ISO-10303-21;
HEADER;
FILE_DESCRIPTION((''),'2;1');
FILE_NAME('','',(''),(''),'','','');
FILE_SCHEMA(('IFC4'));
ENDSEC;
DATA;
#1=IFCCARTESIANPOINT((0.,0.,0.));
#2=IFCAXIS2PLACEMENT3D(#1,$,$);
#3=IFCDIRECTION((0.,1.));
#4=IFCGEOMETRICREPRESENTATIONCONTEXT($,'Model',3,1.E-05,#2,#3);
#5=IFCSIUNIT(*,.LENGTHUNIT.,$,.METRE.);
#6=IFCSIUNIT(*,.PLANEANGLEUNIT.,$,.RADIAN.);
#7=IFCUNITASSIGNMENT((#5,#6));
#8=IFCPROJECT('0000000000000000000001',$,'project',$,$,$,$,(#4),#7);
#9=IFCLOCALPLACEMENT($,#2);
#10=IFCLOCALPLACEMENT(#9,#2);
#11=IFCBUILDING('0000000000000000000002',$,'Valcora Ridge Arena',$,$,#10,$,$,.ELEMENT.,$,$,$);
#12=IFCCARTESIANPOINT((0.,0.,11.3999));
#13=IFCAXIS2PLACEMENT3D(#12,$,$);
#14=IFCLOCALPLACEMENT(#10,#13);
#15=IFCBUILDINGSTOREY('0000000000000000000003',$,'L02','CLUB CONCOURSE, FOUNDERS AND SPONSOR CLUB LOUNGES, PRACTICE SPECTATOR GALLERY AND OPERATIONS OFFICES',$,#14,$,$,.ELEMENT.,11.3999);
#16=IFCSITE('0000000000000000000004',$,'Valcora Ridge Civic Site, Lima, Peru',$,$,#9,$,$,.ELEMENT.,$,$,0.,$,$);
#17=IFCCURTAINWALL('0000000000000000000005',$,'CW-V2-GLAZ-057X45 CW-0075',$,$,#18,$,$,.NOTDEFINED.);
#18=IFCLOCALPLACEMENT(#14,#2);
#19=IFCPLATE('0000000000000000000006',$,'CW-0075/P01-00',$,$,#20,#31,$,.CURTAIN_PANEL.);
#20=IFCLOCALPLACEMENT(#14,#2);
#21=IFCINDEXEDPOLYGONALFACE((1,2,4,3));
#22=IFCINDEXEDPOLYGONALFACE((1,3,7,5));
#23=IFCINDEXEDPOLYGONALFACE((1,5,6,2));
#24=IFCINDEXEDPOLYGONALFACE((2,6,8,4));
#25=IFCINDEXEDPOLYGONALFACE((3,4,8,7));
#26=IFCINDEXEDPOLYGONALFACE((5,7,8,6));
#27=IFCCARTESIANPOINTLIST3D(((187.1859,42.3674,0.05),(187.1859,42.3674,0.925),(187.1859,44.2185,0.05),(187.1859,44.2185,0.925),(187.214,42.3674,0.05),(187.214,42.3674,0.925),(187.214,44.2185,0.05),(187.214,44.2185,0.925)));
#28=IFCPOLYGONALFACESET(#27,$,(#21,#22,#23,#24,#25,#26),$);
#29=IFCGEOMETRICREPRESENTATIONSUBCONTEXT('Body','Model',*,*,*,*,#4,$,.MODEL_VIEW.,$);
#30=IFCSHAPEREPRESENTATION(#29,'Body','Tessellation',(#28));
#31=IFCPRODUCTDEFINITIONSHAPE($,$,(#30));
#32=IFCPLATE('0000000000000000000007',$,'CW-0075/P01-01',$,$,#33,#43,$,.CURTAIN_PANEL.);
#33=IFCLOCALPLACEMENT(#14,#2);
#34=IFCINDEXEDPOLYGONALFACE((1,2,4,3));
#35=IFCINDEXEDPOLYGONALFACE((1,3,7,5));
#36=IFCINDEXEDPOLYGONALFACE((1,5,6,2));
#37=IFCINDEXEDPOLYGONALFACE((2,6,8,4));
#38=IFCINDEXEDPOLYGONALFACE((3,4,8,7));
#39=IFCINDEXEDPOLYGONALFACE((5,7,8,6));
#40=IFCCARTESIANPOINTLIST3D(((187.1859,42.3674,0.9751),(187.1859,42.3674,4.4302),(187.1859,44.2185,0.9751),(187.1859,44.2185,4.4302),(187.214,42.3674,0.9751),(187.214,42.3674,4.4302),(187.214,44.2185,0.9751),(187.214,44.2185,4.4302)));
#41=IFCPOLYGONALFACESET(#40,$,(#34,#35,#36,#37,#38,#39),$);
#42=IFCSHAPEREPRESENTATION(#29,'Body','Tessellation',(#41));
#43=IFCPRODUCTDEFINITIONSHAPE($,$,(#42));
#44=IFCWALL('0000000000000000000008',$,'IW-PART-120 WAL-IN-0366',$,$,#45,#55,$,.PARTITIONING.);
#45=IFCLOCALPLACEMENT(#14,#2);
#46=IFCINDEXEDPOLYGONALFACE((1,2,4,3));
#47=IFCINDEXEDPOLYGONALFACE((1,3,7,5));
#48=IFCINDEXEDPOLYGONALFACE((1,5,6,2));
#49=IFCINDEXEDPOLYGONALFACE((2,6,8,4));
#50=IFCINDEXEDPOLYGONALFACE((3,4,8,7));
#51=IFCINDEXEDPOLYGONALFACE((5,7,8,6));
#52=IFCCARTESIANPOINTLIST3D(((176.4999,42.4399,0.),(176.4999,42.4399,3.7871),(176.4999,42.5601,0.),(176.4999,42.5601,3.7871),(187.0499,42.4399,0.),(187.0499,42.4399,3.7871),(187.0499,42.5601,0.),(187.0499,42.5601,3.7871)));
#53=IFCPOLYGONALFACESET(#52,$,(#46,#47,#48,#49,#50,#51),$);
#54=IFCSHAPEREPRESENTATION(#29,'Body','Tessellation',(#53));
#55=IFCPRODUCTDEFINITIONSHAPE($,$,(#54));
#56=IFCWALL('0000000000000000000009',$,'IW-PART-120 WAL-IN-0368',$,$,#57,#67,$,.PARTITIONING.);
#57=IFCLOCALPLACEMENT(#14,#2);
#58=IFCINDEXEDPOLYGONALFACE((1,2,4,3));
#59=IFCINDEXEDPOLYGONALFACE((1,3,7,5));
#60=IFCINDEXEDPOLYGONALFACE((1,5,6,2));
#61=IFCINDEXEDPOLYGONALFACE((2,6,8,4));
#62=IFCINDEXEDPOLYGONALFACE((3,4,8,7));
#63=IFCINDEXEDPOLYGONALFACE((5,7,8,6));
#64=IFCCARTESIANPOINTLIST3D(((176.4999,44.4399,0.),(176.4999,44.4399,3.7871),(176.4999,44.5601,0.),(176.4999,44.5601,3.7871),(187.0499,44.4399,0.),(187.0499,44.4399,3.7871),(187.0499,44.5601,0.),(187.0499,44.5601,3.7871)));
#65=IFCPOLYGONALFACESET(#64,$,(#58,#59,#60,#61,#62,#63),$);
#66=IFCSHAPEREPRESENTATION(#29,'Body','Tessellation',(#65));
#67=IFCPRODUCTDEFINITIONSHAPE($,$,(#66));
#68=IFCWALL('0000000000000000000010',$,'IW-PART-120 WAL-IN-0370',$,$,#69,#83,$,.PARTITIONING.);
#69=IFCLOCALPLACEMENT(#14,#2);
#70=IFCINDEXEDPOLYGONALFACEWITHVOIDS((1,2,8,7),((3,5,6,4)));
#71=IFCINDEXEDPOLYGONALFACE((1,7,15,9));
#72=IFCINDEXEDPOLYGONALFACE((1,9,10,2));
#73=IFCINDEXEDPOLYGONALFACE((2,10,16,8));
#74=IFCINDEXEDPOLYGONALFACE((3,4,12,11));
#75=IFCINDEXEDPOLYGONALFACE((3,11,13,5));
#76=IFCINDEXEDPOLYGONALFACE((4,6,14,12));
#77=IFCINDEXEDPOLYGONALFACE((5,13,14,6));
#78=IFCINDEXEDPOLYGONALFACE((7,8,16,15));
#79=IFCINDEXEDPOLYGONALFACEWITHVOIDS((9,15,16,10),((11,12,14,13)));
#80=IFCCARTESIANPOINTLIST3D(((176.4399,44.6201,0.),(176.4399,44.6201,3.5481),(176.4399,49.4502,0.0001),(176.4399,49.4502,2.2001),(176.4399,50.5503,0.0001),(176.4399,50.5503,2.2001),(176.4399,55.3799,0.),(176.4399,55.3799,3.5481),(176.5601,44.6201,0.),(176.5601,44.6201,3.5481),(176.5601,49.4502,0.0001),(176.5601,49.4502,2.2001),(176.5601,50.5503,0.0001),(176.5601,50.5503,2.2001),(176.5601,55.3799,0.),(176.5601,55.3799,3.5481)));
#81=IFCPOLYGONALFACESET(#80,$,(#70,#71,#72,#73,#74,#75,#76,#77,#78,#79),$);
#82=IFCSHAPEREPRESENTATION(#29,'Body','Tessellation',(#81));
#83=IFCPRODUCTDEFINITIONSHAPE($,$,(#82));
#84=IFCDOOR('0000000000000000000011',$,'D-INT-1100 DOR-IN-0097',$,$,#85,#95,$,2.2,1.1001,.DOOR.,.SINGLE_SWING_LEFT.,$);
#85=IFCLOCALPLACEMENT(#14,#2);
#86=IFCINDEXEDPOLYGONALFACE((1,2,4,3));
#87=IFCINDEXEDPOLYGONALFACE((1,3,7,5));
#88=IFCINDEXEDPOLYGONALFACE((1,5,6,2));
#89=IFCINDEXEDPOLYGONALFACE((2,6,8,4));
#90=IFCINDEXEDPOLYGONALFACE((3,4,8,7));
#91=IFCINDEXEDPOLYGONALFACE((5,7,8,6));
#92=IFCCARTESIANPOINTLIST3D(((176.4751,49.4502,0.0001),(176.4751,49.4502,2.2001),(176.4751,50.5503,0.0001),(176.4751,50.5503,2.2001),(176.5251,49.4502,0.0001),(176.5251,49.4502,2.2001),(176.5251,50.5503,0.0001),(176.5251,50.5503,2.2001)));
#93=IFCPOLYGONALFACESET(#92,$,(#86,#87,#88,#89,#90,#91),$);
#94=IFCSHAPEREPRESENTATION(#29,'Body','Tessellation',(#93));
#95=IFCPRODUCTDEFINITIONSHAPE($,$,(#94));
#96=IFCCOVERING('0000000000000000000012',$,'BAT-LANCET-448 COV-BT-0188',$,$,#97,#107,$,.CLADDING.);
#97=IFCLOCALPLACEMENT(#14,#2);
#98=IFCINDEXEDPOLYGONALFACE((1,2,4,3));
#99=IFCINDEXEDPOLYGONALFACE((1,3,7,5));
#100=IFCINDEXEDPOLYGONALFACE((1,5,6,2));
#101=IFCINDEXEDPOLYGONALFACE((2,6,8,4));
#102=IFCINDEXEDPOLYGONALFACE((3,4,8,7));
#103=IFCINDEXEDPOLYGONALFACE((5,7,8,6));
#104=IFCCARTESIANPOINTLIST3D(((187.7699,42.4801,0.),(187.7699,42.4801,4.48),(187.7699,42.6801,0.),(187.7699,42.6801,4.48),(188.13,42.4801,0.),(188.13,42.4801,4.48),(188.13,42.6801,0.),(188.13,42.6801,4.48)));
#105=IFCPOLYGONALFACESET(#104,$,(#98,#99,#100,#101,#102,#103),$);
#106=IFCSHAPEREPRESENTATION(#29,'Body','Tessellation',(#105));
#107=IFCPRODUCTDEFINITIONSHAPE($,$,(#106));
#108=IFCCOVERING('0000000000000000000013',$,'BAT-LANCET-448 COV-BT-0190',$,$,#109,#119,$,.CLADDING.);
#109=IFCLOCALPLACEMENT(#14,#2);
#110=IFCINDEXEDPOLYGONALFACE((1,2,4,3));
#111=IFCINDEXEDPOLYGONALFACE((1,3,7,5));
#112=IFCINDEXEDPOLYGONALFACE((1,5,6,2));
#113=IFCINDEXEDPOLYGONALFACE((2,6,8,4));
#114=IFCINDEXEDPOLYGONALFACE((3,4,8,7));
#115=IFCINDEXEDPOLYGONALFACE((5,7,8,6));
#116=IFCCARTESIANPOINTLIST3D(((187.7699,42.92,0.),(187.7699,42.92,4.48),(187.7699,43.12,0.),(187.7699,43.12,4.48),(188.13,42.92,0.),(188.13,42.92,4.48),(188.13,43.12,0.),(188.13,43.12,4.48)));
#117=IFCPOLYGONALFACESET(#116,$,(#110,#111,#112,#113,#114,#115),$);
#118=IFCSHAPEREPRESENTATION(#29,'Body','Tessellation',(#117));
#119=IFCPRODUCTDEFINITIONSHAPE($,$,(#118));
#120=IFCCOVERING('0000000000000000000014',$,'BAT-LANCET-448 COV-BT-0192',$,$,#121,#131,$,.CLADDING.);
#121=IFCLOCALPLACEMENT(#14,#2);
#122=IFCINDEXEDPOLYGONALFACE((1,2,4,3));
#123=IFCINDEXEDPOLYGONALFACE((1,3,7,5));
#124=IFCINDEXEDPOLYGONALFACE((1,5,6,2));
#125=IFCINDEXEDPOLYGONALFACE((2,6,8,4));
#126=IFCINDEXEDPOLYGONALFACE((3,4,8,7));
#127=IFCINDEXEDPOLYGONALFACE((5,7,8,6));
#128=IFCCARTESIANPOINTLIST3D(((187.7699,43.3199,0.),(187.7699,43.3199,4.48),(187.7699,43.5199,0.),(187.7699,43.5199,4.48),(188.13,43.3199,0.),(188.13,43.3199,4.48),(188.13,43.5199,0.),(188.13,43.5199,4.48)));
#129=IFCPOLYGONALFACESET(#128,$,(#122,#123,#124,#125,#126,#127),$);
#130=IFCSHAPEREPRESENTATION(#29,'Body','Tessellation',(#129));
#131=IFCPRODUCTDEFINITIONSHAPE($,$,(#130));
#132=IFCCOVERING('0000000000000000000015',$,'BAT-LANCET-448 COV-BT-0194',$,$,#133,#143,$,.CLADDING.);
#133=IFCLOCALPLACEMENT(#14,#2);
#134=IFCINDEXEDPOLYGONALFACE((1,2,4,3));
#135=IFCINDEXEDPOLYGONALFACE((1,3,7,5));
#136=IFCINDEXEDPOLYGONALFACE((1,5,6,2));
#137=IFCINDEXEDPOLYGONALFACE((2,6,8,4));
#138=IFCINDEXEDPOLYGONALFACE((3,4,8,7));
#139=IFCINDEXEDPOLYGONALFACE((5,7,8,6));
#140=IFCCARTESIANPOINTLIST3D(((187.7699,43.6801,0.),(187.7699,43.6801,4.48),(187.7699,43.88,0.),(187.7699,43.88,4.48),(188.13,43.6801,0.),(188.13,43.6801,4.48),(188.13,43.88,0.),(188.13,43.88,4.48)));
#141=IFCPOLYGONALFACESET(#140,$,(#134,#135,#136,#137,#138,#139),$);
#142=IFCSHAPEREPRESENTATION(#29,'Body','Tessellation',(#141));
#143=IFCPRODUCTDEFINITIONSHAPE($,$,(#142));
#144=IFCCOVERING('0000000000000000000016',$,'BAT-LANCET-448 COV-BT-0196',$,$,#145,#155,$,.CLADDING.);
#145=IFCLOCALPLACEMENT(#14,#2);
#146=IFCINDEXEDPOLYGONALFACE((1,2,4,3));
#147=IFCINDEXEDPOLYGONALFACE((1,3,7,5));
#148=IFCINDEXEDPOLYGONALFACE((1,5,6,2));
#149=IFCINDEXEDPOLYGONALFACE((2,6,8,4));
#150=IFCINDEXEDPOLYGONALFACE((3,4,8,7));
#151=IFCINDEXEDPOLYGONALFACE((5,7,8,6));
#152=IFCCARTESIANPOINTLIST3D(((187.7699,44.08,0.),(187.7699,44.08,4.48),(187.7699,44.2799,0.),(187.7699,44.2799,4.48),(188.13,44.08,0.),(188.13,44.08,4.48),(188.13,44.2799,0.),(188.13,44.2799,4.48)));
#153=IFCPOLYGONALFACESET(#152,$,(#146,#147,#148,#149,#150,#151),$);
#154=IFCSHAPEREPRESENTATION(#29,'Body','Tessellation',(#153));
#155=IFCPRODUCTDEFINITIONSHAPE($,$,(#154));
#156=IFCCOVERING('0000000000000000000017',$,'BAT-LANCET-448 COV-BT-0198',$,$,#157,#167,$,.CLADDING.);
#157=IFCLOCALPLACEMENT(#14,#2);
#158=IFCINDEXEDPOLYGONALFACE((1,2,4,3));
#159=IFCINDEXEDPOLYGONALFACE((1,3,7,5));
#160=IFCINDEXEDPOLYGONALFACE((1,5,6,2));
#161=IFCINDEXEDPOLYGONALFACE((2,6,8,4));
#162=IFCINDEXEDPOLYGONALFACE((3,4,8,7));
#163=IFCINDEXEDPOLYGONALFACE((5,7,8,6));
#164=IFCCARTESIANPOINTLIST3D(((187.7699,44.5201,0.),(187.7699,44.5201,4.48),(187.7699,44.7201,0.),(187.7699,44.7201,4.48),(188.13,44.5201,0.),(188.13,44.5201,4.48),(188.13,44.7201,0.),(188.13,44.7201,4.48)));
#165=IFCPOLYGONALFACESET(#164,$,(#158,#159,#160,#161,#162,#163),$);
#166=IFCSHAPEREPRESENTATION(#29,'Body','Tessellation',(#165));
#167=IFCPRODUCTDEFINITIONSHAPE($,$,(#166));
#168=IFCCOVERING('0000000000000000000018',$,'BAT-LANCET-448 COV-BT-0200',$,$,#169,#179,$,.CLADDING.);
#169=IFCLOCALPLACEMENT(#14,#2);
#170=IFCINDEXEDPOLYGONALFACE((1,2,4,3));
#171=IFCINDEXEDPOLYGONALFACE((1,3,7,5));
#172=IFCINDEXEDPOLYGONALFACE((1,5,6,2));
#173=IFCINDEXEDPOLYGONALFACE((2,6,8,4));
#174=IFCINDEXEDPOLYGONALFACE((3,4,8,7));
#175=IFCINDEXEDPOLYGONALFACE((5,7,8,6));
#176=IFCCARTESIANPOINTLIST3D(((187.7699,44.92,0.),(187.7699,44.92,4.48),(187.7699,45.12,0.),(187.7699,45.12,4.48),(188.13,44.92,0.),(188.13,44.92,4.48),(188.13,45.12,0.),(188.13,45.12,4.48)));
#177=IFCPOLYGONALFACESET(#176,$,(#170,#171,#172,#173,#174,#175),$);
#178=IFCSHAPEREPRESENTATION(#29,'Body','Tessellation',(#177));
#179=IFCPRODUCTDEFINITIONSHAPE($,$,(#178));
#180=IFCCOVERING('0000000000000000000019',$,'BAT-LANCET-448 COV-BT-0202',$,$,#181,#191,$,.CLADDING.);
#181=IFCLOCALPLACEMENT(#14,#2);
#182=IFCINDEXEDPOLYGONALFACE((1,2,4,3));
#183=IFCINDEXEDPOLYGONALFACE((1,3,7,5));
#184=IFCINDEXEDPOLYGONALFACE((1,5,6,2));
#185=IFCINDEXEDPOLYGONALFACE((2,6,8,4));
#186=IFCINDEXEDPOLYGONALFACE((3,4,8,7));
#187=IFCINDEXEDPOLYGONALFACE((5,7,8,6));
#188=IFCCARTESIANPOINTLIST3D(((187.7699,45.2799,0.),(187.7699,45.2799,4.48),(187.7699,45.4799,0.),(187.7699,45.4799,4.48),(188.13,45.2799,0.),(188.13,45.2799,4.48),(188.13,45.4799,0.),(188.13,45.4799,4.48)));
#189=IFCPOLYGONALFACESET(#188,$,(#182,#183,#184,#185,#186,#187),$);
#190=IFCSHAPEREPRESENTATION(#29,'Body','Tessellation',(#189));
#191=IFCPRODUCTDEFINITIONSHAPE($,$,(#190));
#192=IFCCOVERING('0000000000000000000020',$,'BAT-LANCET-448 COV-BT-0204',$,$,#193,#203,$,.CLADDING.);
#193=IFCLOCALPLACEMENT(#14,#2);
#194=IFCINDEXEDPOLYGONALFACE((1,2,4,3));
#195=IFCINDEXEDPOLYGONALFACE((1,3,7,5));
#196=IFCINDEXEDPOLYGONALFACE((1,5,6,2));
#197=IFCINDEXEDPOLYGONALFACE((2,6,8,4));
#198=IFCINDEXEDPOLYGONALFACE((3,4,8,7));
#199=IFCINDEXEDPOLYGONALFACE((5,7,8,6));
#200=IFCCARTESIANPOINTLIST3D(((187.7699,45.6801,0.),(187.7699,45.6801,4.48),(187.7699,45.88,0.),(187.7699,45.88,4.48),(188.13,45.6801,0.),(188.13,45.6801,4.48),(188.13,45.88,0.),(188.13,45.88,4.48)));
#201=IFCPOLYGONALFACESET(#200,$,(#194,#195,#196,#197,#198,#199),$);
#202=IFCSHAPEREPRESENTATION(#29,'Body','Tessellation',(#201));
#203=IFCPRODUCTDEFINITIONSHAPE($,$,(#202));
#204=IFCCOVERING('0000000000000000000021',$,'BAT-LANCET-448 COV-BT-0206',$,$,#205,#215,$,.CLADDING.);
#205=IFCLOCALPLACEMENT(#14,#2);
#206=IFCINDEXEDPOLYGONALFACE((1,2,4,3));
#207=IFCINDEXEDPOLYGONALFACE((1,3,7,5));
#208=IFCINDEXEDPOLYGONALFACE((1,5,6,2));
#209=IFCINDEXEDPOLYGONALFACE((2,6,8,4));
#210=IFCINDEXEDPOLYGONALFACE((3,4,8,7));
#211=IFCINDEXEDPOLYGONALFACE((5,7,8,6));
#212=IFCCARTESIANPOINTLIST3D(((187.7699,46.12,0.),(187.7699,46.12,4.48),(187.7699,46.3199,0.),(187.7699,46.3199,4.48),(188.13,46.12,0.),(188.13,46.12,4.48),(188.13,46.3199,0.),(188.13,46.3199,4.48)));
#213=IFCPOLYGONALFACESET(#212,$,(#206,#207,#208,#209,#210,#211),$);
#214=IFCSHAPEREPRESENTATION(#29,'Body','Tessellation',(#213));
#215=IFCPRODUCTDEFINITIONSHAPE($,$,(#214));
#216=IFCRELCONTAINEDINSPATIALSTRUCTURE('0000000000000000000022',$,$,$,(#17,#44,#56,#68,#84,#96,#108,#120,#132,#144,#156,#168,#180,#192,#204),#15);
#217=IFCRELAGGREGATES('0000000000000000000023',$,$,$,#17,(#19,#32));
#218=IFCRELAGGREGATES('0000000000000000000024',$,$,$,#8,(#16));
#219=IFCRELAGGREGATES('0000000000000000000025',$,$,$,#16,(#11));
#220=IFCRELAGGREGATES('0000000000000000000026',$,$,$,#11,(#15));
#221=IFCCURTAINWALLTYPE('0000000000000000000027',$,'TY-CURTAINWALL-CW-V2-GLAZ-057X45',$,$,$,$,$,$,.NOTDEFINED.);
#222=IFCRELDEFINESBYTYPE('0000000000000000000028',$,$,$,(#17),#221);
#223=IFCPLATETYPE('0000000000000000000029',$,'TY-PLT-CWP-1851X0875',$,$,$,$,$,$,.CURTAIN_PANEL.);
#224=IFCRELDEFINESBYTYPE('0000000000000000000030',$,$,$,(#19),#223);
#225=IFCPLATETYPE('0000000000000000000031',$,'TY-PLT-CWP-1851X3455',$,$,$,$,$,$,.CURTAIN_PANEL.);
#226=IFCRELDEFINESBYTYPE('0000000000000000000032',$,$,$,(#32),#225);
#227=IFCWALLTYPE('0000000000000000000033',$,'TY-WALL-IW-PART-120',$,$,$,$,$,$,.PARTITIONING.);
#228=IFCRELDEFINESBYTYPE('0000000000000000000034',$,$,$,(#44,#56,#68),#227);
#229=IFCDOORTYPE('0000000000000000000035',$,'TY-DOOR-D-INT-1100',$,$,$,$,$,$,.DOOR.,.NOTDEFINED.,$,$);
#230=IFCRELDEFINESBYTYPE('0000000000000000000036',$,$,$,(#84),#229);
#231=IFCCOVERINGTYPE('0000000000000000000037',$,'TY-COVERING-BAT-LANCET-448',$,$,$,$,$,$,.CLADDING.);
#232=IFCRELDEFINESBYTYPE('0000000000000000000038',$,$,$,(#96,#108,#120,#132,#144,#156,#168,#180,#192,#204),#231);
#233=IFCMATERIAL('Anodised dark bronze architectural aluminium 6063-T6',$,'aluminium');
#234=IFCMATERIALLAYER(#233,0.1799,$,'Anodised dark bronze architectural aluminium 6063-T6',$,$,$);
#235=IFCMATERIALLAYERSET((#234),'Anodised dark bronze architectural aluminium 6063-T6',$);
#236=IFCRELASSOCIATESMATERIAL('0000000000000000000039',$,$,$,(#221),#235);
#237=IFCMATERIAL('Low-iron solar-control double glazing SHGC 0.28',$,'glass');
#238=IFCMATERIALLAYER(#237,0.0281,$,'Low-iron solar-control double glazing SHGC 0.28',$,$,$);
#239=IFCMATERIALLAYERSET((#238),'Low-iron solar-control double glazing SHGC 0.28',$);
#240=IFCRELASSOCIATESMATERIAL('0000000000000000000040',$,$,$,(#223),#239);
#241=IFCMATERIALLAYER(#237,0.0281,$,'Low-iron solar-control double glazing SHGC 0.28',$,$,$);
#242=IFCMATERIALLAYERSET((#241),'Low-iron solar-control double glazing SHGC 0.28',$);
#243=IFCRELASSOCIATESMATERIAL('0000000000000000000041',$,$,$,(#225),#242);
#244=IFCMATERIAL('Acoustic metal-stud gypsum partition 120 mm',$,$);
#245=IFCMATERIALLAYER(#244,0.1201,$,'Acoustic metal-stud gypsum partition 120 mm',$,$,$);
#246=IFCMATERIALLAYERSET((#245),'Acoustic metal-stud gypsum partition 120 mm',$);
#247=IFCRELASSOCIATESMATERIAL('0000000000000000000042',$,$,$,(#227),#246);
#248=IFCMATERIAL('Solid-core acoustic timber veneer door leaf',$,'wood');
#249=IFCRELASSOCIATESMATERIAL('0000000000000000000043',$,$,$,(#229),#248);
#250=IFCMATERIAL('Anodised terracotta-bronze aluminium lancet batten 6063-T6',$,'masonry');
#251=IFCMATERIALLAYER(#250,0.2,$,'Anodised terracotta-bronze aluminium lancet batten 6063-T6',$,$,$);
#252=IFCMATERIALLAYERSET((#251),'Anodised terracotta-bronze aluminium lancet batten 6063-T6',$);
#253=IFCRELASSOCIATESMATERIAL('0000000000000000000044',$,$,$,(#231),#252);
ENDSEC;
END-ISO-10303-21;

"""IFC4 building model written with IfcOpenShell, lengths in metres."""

from ifc_helpers import new_model, si_unit, direction, frame, frame_2d, origin, origin_2d, place, context, subcontext, project, spatial, rectangle, extrude, material, layer, layer_set, type_object, element, fill, aggregate, save


model = new_model("IFC4")

# Units and contexts
model_context = context("Model", 3, precision=1e-05, world=origin(), true_north=direction((0.0, 1.0)))
body_context = subcontext(model_context, "Body", "Model", "MODEL_VIEW")
ifc_project = project(units=[si_unit("LENGTHUNIT", "METRE"), si_unit("PLANEANGLEUNIT", "RADIAN")], contexts=[model_context])

# Site, building, storey
site_placement = place(None, origin())
site = spatial("IfcSite", under=ifc_project, at=site_placement, Name="Valcora Ridge Civic Site, Lima, Peru", CompositionType="ELEMENT", RefElevation=0.0)
building_placement = place(site_placement, origin())
building = spatial("IfcBuilding", under=site, at=building_placement, Name="Valcora Ridge Arena", CompositionType="ELEMENT")
storey_placement = place(building_placement, frame((0.0, 0.0, 11.3999)))
storey = spatial("IfcBuildingStorey", under=building, at=storey_placement, Name="L02", Description="CLUB CONCOURSE, FOUNDERS AND SPONSOR CLUB LOUNGES, PRACTICE SPECTATOR GALLERY AND OPERATIONS OFFICES", CompositionType="ELEMENT", Elevation=11.3999)

# Curtain wall
ifc_material_1 = material(Name="Anodised dark bronze architectural aluminium 6063-T6", Category="aluminium")
ifc_layer_1 = layer(ifc_material_1, 0.1799, Name="Anodised dark bronze architectural aluminium 6063-T6")
ifc_layer_set_1 = layer_set([ifc_layer_1], Name="Anodised dark bronze architectural aluminium 6063-T6")
curtain_wall_type = type_object("IfcCurtainWallType", Name="TY-CURTAINWALL-CW-V2-GLAZ-057X45", PredefinedType="NOTDEFINED", material=ifc_layer_set_1)
curtain_wall_1_placement = place(storey_placement, origin())
curtain_wall_1 = element("IfcCurtainWall", 1, at=curtain_wall_1_placement, inside=storey, type_object=curtain_wall_type, Name="CW-V2-GLAZ-057X45 CW-0075", PredefinedType="NOTDEFINED")

# Plates
ifc_material_2 = material(Name="Low-iron solar-control double glazing SHGC 0.28", Category="glass")
ifc_layer_2 = layer(ifc_material_2, 0.0281, Name="Low-iron solar-control double glazing SHGC 0.28")
ifc_layer_set_2 = layer_set([ifc_layer_2], Name="Low-iron solar-control double glazing SHGC 0.28")
plate_type_1 = type_object("IfcPlateType", Name="TY-PLT-CWP-1851X0875", PredefinedType="CURTAIN_PANEL", material=ifc_layer_set_2)
plate_1_placement = place(storey_placement, frame((187.2, 43.293, 0.05), z_axis=(0.0, 0.0, 1.0), x_axis=(0.0, 1.0, 0.0)))
plate_1 = element("IfcPlate", 2, at=plate_1_placement, type_object=plate_type_1, Name="CW-0075/P01-00", PredefinedType="CURTAIN_PANEL", context=body_context, shape_type="SweptSolid", body=[
    extrude(rectangle(XDim=1.8511, YDim=0.0281, at=origin_2d()), origin(), (0.0, 0.0, 1.0), 0.875),
])
ifc_layer_3 = layer(ifc_material_2, 0.0281, Name="Low-iron solar-control double glazing SHGC 0.28")
ifc_layer_set_3 = layer_set([ifc_layer_3], Name="Low-iron solar-control double glazing SHGC 0.28")
plate_type_2 = type_object("IfcPlateType", Name="TY-PLT-CWP-1851X3455", PredefinedType="CURTAIN_PANEL", material=ifc_layer_set_3)
plate_2_placement = place(storey_placement, frame((187.2, 43.293, 0.9751), z_axis=(0.0, 0.0, 1.0), x_axis=(0.0, 1.0, 0.0)))
plate_2 = element("IfcPlate", 3, at=plate_2_placement, type_object=plate_type_2, Name="CW-0075/P01-01", PredefinedType="CURTAIN_PANEL", context=body_context, shape_type="SweptSolid", body=[
    extrude(rectangle(XDim=1.8511, YDim=0.0281, at=origin_2d()), origin(), (0.0, 0.0, 1.0), 3.4551),
])
aggregate(curtain_wall_1, [plate_1, plate_2])

# Walls
ifc_material_3 = material(Name="Acoustic metal-stud gypsum partition 120 mm")
ifc_layer_4 = layer(ifc_material_3, 0.1201, Name="Acoustic metal-stud gypsum partition 120 mm")
ifc_layer_set_4 = layer_set([ifc_layer_4], Name="Acoustic metal-stud gypsum partition 120 mm")
wall_type = type_object("IfcWallType", Name="TY-WALL-IW-PART-120", PredefinedType="PARTITIONING", material=ifc_layer_set_4)
for number, where, z_axis, x_axis, name in (
    (4, (176.5, 42.5, 0.0), (0.0, 0.0, 1.0), (1.0, 0.0, 0.0), "IW-PART-120 WAL-IN-0366"),
    (5, (176.5, 44.5, 0.0), (0.0, 0.0, 1.0), (1.0, 0.0, 0.0), "IW-PART-120 WAL-IN-0368"),
):
    element("IfcWall", number, at=place(storey_placement, frame(where, z_axis=z_axis, x_axis=x_axis)), inside=storey, type_object=wall_type, Name=name, PredefinedType="PARTITIONING", context=body_context, shape_type="SweptSolid", body=[
        extrude(rectangle(XDim=10.55, YDim=0.1201, at=frame_2d((5.2749, 0.0))), origin(), (0.0, 0.0, 1.0), 3.7871),
    ])

# Wall, opening, door
wall_placement = place(storey_placement, frame((176.5, 44.6201, 0.0), z_axis=(0.0, 0.0, 1.0), x_axis=(0.0, 1.0, 0.0)))
wall = element("IfcWall", 6, at=wall_placement, inside=storey, type_object=wall_type, Name="IW-PART-120 WAL-IN-0370", PredefinedType="PARTITIONING", context=body_context, shape_type="SweptSolid", body=[
    extrude(rectangle(XDim=10.7598, YDim=0.1201, at=frame_2d((5.3799, 0.0))), origin(), (0.0, 0.0, 1.0), 3.5481),
])
opening_placement = place(wall_placement, frame((4.8301, 0.0, 0.0)))
opening = element("IfcOpeningElement", 7, at=opening_placement, cuts=wall, PredefinedType="OPENING", context=body_context, shape_type="SweptSolid", body=[
    extrude(rectangle(XDim=1.1001, YDim=2.2, at=frame_2d((0.55, 1.1001))), frame((0.0, 0.0701, 0.0), z_axis=(0.0, -1.0, 0.0), x_axis=(1.0, 0.0, 0.0)), (0.0, 0.0, 1.0), 0.1401),
])
ifc_material_4 = material(Name="Solid-core acoustic timber veneer door leaf", Category="wood")
door_type = type_object("IfcDoorType", Name="TY-DOOR-D-INT-1100", OperationType="NOTDEFINED", PredefinedType="DOOR", material=ifc_material_4)
door_placement = place(opening_placement, origin())
door = element("IfcDoor", 8, at=door_placement, inside=storey, type_object=door_type, Name="D-INT-1100 DOR-IN-0097", OperationType="SINGLE_SWING_LEFT", OverallHeight=2.2, OverallWidth=1.1001, PredefinedType="DOOR", context=body_context, shape_type="SweptSolid", body=[
    extrude(rectangle(XDim=1.1001, YDim=2.2, at=frame_2d((0.55, 1.1001))), frame((0.0, 0.0249, 0.0), z_axis=(0.0, -1.0, 0.0), x_axis=(1.0, 0.0, 0.0)), (0.0, 0.0, 1.0), 0.05),
])
fill(opening, door)

# Coverings
ifc_material_5 = material(Name="Anodised terracotta-bronze aluminium lancet batten 6063-T6", Category="masonry")
ifc_layer_5 = layer(ifc_material_5, 0.2, Name="Anodised terracotta-bronze aluminium lancet batten 6063-T6")
ifc_layer_set_5 = layer_set([ifc_layer_5], Name="Anodised terracotta-bronze aluminium lancet batten 6063-T6")
covering_type = type_object("IfcCoveringType", Name="TY-COVERING-BAT-LANCET-448", PredefinedType="CLADDING", material=ifc_layer_set_5)
for number, where, z_axis, x_axis, name in (
    (9, (187.95, 42.5801, 0.0), (0.0, 0.0, 1.0), (1.0, 0.0, 0.0), "BAT-LANCET-448 COV-BT-0188"),
    (10, (187.95, 43.02, 0.0), (0.0, 0.0, 1.0), (1.0, 0.0, 0.0), "BAT-LANCET-448 COV-BT-0190"),
    (11, (187.95, 43.4199, 0.0), (0.0, 0.0, 1.0), (1.0, 0.0, 0.0), "BAT-LANCET-448 COV-BT-0192"),
    (12, (187.95, 43.78, 0.0), (0.0, 0.0, 1.0), (1.0, 0.0, 0.0), "BAT-LANCET-448 COV-BT-0194"),
    (13, (187.95, 44.1799, 0.0), (0.0, 0.0, 1.0), (1.0, 0.0, 0.0), "BAT-LANCET-448 COV-BT-0196"),
    (14, (187.95, 44.6201, 0.0), (0.0, 0.0, 1.0), (1.0, 0.0, 0.0), "BAT-LANCET-448 COV-BT-0198"),
    (15, (187.95, 45.02, 0.0), (0.0, 0.0, 1.0), (1.0, 0.0, 0.0), "BAT-LANCET-448 COV-BT-0200"),
    (16, (187.95, 45.3799, 0.0), (0.0, 0.0, 1.0), (1.0, 0.0, 0.0), "BAT-LANCET-448 COV-BT-0202"),
    (17, (187.95, 45.78, 0.0), (0.0, 0.0, 1.0), (1.0, 0.0, 0.0), "BAT-LANCET-448 COV-BT-0204"),
    (18, (187.95, 46.22, 0.0), (0.0, 0.0, 1.0), (1.0, 0.0, 0.0), "BAT-LANCET-448 COV-BT-0206"),
):
    element("IfcCovering", number, at=place(storey_placement, frame(where, z_axis=z_axis, x_axis=x_axis)), inside=storey, type_object=covering_type, Name=name, PredefinedType="CLADDING", context=body_context, shape_type="SweptSolid", body=[
        extrude(rectangle(XDim=0.3601, YDim=0.2, at=origin_2d()), origin(), (0.0, 0.0, 1.0), 4.48),
    ])

save(model, "model.ifc")
